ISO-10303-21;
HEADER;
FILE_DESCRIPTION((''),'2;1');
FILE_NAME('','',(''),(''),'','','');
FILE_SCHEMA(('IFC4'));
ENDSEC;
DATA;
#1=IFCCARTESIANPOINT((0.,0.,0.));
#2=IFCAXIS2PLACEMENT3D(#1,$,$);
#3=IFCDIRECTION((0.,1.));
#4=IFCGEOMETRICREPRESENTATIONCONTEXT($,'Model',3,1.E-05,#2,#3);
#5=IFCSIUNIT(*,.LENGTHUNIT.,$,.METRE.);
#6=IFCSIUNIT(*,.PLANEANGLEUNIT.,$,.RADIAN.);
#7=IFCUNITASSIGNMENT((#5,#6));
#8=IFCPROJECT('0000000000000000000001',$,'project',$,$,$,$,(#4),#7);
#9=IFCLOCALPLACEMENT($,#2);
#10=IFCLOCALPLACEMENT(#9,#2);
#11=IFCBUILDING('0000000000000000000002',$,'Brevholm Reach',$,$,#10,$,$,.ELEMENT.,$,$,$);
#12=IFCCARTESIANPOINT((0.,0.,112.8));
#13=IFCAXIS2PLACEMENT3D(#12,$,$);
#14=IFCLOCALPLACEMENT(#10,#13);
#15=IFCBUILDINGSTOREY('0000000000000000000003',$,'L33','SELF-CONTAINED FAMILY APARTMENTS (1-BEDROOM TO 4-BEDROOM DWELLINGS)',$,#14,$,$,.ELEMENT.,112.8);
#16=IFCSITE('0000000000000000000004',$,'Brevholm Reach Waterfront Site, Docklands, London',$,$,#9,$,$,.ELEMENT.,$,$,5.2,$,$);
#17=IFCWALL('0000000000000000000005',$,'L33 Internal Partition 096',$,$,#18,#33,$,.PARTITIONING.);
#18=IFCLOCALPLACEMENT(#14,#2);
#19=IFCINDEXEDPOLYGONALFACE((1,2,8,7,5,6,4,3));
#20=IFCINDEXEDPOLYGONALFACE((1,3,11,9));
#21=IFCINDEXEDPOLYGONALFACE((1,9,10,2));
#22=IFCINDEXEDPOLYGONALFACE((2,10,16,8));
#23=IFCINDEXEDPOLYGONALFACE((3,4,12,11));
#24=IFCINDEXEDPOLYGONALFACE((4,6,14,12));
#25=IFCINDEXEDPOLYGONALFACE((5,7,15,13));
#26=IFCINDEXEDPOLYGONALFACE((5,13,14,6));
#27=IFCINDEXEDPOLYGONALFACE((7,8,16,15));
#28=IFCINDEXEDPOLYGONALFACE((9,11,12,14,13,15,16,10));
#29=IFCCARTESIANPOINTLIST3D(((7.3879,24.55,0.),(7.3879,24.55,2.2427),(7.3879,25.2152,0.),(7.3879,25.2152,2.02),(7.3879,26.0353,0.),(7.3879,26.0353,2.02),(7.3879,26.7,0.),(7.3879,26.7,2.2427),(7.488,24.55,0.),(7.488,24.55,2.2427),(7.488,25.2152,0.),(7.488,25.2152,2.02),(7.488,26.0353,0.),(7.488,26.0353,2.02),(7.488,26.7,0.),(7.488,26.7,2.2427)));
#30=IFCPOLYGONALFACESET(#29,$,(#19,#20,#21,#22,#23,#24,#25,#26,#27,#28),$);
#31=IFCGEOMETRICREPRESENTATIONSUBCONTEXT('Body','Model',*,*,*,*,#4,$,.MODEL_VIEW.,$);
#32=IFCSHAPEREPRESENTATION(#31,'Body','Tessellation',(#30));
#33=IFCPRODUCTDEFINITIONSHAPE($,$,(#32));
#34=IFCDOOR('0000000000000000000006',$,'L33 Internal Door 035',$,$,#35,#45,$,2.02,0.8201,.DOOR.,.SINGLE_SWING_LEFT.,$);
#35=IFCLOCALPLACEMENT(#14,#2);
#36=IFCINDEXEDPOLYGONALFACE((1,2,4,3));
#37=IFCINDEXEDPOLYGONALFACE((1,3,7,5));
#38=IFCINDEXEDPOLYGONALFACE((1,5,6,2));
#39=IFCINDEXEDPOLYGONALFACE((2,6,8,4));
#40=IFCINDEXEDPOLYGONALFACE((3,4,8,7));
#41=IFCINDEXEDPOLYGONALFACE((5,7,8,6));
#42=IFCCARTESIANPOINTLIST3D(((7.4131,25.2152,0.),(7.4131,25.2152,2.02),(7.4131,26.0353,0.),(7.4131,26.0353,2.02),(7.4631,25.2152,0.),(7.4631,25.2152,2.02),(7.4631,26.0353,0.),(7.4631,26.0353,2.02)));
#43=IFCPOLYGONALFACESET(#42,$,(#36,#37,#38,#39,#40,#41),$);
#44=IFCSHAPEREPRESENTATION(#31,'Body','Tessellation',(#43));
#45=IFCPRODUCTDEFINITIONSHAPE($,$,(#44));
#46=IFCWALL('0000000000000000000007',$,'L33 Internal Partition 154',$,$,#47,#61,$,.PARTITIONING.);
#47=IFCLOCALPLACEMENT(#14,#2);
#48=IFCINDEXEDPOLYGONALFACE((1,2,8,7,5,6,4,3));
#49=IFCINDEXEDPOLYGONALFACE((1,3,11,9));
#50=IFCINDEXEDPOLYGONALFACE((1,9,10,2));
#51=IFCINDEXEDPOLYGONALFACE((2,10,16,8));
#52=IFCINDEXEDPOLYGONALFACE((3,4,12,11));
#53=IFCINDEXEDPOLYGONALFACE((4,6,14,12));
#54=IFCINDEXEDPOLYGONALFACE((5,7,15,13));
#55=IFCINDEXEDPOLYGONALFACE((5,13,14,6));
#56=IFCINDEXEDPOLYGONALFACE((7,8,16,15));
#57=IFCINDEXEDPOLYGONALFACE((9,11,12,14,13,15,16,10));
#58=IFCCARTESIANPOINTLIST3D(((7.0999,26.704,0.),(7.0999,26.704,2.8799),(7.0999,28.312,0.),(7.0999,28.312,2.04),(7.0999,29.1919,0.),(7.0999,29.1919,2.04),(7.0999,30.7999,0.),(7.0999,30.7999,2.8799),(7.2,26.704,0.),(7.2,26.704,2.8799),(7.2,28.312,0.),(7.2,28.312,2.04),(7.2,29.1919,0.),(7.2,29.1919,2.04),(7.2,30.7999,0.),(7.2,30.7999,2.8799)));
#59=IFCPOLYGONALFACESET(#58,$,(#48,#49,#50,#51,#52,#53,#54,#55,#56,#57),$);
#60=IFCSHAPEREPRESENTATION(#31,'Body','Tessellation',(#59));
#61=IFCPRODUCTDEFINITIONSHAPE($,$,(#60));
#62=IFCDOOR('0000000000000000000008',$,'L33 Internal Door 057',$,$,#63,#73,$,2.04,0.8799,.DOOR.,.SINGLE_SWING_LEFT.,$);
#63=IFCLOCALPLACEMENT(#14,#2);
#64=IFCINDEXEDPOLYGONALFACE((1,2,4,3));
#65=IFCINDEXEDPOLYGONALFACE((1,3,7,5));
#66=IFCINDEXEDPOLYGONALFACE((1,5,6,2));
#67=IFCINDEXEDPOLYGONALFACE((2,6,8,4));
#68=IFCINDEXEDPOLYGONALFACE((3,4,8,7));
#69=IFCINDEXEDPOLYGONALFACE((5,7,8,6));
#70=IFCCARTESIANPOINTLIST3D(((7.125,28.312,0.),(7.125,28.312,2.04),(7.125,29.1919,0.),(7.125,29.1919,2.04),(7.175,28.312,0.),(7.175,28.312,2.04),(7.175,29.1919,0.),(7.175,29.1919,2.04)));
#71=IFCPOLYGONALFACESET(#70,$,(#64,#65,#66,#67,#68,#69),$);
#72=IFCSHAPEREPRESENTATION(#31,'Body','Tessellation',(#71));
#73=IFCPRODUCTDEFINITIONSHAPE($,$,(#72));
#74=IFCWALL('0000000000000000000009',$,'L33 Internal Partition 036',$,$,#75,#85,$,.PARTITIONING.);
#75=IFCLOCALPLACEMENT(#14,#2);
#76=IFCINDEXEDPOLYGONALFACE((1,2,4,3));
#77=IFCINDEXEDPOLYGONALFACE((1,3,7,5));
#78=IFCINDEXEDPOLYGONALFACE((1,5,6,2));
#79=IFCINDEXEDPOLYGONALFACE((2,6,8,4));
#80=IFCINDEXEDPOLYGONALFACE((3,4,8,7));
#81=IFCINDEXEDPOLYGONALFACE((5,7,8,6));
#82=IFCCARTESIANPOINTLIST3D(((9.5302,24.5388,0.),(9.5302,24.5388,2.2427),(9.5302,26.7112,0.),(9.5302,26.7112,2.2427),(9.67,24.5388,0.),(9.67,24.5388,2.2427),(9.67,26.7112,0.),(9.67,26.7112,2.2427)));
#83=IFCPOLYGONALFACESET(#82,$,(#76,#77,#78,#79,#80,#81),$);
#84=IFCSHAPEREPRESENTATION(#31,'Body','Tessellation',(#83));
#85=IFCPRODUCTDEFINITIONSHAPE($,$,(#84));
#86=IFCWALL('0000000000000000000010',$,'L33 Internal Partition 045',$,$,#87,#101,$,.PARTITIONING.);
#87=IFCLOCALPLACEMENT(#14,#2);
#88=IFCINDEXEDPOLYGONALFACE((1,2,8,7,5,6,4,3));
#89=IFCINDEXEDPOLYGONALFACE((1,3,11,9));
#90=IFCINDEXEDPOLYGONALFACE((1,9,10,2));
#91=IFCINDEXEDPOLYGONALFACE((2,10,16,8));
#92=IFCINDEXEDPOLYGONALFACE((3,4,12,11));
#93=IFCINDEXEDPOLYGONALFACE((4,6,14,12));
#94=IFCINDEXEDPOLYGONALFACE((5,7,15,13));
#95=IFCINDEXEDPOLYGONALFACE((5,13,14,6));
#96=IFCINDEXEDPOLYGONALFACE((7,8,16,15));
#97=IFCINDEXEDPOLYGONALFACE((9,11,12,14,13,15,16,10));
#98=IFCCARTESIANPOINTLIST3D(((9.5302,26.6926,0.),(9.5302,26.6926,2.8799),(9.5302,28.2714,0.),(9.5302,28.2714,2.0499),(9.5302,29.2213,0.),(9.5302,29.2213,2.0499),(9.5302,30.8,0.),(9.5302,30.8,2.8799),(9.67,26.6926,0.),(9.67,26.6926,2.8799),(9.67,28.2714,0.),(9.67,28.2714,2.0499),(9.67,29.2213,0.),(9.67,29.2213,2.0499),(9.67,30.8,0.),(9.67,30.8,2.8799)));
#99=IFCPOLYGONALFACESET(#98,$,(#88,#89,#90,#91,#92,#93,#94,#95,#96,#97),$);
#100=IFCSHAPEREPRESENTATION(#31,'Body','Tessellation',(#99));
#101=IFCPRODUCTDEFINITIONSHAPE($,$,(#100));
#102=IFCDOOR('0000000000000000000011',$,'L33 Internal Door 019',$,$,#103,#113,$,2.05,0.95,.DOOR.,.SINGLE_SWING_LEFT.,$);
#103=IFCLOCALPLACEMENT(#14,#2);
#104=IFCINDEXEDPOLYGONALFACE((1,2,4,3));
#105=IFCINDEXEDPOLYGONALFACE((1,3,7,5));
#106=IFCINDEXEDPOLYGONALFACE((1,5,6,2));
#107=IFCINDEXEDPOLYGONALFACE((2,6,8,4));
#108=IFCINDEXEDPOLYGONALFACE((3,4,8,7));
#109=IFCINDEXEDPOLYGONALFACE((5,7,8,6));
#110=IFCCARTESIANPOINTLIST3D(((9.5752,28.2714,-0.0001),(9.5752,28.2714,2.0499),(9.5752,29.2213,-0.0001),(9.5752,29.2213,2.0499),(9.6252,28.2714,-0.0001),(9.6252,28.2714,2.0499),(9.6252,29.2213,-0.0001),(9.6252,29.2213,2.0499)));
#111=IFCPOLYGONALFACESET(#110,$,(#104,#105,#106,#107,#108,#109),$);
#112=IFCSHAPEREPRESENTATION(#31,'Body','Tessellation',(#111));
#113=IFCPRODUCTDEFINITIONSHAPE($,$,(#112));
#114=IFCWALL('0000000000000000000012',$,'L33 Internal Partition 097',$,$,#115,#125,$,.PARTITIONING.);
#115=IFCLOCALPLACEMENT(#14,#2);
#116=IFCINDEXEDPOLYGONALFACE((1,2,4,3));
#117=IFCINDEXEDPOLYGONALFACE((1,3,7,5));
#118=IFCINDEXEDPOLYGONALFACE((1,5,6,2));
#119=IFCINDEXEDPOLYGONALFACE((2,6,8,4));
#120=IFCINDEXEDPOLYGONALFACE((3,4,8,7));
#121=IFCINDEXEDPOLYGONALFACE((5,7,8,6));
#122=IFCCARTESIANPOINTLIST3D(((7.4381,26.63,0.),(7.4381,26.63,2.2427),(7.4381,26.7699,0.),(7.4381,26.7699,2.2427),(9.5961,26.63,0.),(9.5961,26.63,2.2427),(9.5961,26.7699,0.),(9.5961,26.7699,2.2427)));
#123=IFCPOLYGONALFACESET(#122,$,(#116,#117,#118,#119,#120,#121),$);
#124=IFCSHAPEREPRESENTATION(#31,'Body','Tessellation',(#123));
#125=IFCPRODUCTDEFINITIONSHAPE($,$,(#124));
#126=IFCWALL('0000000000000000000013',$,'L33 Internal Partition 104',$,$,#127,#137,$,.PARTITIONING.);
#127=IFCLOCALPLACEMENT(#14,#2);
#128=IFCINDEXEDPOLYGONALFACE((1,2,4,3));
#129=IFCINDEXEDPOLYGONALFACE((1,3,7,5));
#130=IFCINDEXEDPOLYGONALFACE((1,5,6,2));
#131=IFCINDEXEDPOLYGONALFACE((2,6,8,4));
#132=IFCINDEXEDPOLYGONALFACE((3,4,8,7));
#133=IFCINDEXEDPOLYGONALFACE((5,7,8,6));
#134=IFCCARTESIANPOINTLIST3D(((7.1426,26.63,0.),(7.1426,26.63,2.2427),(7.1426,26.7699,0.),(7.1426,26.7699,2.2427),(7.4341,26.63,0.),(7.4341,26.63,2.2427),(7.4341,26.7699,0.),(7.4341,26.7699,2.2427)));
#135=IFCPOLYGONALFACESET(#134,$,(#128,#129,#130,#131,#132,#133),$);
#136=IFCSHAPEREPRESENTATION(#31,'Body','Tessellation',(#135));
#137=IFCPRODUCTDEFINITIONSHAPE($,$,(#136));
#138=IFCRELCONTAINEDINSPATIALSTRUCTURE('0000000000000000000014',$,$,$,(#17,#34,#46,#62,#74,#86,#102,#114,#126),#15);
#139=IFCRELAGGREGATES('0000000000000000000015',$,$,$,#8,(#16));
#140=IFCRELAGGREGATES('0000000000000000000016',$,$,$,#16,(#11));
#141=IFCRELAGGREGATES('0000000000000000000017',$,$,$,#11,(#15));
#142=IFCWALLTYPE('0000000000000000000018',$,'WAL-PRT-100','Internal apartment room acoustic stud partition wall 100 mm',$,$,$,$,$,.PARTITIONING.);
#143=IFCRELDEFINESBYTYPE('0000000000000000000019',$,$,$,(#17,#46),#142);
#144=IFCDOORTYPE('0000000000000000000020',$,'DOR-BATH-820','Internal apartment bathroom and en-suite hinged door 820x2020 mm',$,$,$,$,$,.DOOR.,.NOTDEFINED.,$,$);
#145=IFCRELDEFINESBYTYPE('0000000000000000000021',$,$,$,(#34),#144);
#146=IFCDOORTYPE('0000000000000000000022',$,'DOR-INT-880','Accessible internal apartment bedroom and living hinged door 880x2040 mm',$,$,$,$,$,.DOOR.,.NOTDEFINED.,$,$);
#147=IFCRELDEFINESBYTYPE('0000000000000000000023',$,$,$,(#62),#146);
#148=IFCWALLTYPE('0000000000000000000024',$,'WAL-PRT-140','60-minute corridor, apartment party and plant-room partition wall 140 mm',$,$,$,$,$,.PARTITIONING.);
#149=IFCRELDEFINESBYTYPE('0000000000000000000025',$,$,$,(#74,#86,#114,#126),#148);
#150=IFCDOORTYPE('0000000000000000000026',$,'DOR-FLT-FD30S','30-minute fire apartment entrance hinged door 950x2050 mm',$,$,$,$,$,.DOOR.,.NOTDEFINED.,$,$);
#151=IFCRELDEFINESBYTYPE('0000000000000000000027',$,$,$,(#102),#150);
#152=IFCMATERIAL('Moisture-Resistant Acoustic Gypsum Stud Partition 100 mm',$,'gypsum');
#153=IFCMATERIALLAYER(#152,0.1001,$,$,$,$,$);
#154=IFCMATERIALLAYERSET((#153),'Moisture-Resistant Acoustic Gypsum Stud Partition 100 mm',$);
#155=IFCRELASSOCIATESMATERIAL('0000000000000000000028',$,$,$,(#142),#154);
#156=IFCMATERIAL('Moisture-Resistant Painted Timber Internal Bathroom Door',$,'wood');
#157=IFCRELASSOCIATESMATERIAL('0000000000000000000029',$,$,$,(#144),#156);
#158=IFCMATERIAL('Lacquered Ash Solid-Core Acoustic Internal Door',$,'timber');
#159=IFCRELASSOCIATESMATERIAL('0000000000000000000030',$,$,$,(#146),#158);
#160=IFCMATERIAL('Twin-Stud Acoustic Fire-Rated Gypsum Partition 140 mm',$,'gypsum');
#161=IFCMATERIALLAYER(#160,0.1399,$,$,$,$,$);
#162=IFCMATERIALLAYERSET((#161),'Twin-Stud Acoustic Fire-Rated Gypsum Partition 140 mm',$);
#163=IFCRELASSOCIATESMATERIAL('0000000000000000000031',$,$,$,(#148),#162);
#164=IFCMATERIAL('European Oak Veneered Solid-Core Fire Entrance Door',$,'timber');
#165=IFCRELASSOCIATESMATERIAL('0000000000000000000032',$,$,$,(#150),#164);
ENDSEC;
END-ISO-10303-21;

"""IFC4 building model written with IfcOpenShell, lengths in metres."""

from ifc_helpers import new_model, si_unit, direction, frame, frame_2d, origin, place, context, subcontext, project, spatial, rectangle, extrude, material, layer, layer_set, type_object, element, fill, save


model = new_model("IFC4")

# Units and contexts
model_context = context("Model", 3, precision=1e-05, world=origin(), true_north=direction((0.0, 1.0)))
body_context = subcontext(model_context, "Body", "Model", "MODEL_VIEW")
ifc_project = project(units=[si_unit("LENGTHUNIT", "METRE"), si_unit("PLANEANGLEUNIT", "RADIAN")], contexts=[model_context])

# Site, building, storey
site_placement = place(None, origin())
site = spatial("IfcSite", under=ifc_project, at=site_placement, Name="Brevholm Reach Waterfront Site, Docklands, London", CompositionType="ELEMENT", RefElevation=5.2)
building_placement = place(site_placement, origin())
building = spatial("IfcBuilding", under=site, at=building_placement, Name="Brevholm Reach", CompositionType="ELEMENT")
storey_placement = place(building_placement, frame((0.0, 0.0, 112.8)))
storey = spatial("IfcBuildingStorey", under=building, at=storey_placement, Name="L33", Description="SELF-CONTAINED FAMILY APARTMENTS (1-BEDROOM TO 4-BEDROOM DWELLINGS)", CompositionType="ELEMENT", Elevation=112.8)

# Shared definitions
ifc_material_1 = material(Name="Moisture-Resistant Acoustic Gypsum Stud Partition 100 mm", Category="gypsum")
ifc_layer_1 = layer(ifc_material_1, 0.1001)
ifc_layer_set_1 = layer_set([ifc_layer_1], Name="Moisture-Resistant Acoustic Gypsum Stud Partition 100 mm")
wall_type_1 = type_object("IfcWallType", Name="WAL-PRT-100", Description="Internal apartment room acoustic stud partition wall 100 mm", PredefinedType="PARTITIONING", material=ifc_layer_set_1)

# Walls, openings, doors
wall_1_placement = place(storey_placement, frame((7.438, 24.55, 0.0), z_axis=(0.0, 0.0, 1.0), x_axis=(0.0, 1.0, 0.0)))
wall_1 = element("IfcWall", 1, at=wall_1_placement, inside=storey, type_object=wall_type_1, Name="L33 Internal Partition 096", PredefinedType="PARTITIONING", context=body_context, shape_type="SweptSolid", body=[
    extrude(rectangle(XDim=2.1499, YDim=0.1001, at=frame_2d((1.075, 0.0))), origin(), (0.0, 0.0, 1.0), 2.2427),
])
opening_1_placement = place(wall_1_placement, frame((0.665, 0.0, 0.0)))
opening_1 = element("IfcOpeningElement", 2, at=opening_1_placement, cuts=wall_1, PredefinedType="OPENING", context=body_context, shape_type="SweptSolid", body=[
    extrude(rectangle(XDim=0.8201, YDim=2.02, at=frame_2d((0.4102, 1.01))), frame((0.0, 0.0601, 0.0), z_axis=(0.0, -1.0, 0.0), x_axis=(1.0, 0.0, 0.0)), (0.0, 0.0, 1.0), 0.1201),
])
ifc_material_2 = material(Name="Moisture-Resistant Painted Timber Internal Bathroom Door", Category="wood")
door_type_1 = type_object("IfcDoorType", Name="DOR-BATH-820", Description="Internal apartment bathroom and en-suite hinged door 820x2020 mm", OperationType="NOTDEFINED", PredefinedType="DOOR", material=ifc_material_2)
door_1_placement = place(opening_1_placement, origin())
door_1 = element("IfcDoor", 3, at=door_1_placement, inside=storey, type_object=door_type_1, Name="L33 Internal Door 035", OperationType="SINGLE_SWING_LEFT", OverallHeight=2.02, OverallWidth=0.8201, PredefinedType="DOOR", context=body_context, shape_type="SweptSolid", body=[
    extrude(rectangle(XDim=0.8201, YDim=2.02, at=frame_2d((0.4102, 1.01))), frame((0.0, 0.0249, 0.0), z_axis=(0.0, -1.0, 0.0), x_axis=(1.0, 0.0, 0.0)), (0.0, 0.0, 1.0), 0.05),
])
fill(opening_1, door_1)
wall_2_placement = place(storey_placement, frame((7.1499, 26.7041, 0.0), z_axis=(0.0, 0.0, 1.0), x_axis=(0.0, 1.0, 0.0)))
wall_2 = element("IfcWall", 4, at=wall_2_placement, inside=storey, type_object=wall_type_1, Name="L33 Internal Partition 154", PredefinedType="PARTITIONING", context=body_context, shape_type="SweptSolid", body=[
    extrude(rectangle(XDim=4.0959, YDim=0.1001, at=frame_2d((2.0479, 0.0))), origin(), (0.0, 0.0, 1.0), 2.8799),
])
opening_2_placement = place(wall_2_placement, frame((1.6079, 0.0, 0.0)))
opening_2 = element("IfcOpeningElement", 5, at=opening_2_placement, cuts=wall_2, PredefinedType="OPENING", context=body_context, shape_type="SweptSolid", body=[
    extrude(rectangle(XDim=0.8799, YDim=2.04, at=frame_2d((0.4399, 1.02))), frame((0.0, 0.0601, 0.0), z_axis=(0.0, -1.0, 0.0), x_axis=(1.0, 0.0, 0.0)), (0.0, 0.0, 1.0), 0.1201),
])
ifc_material_3 = material(Name="Lacquered Ash Solid-Core Acoustic Internal Door", Category="timber")
door_type_2 = type_object("IfcDoorType", Name="DOR-INT-880", Description="Accessible internal apartment bedroom and living hinged door 880x2040 mm", OperationType="NOTDEFINED", PredefinedType="DOOR", material=ifc_material_3)
door_2_placement = place(opening_2_placement, origin())
door_2 = element("IfcDoor", 6, at=door_2_placement, inside=storey, type_object=door_type_2, Name="L33 Internal Door 057", OperationType="SINGLE_SWING_LEFT", OverallHeight=2.04, OverallWidth=0.8799, PredefinedType="DOOR", context=body_context, shape_type="SweptSolid", body=[
    extrude(rectangle(XDim=0.8799, YDim=2.04, at=frame_2d((0.4399, 1.02))), frame((0.0, 0.0249, 0.0), z_axis=(0.0, -1.0, 0.0), x_axis=(1.0, 0.0, 0.0)), (0.0, 0.0, 1.0), 0.05),
])
fill(opening_2, door_2)

# Wall
ifc_material_4 = material(Name="Twin-Stud Acoustic Fire-Rated Gypsum Partition 140 mm", Category="gypsum")
ifc_layer_2 = layer(ifc_material_4, 0.1399)
ifc_layer_set_2 = layer_set([ifc_layer_2], Name="Twin-Stud Acoustic Fire-Rated Gypsum Partition 140 mm")
wall_type_2 = type_object("IfcWallType", Name="WAL-PRT-140", Description="60-minute corridor, apartment party and plant-room partition wall 140 mm", PredefinedType="PARTITIONING", material=ifc_layer_set_2)
wall_3_placement = place(storey_placement, frame((9.6001, 24.5388, 0.0), z_axis=(0.0, 0.0, 1.0), x_axis=(0.0, 1.0, 0.0)))
element("IfcWall", 7, at=wall_3_placement, inside=storey, type_object=wall_type_2, Name="L33 Internal Partition 036", PredefinedType="PARTITIONING", context=body_context, shape_type="SweptSolid", body=[
    extrude(rectangle(XDim=2.1724, YDim=0.1399, at=frame_2d((1.0862, 0.0))), origin(), (0.0, 0.0, 1.0), 2.2427),
])

# Wall, opening, door
wall_4_placement = place(storey_placement, frame((9.6001, 26.6926, 0.0), z_axis=(0.0, 0.0, 1.0), x_axis=(0.0, 1.0, 0.0)))
wall_4 = element("IfcWall", 8, at=wall_4_placement, inside=storey, type_object=wall_type_2, Name="L33 Internal Partition 045", PredefinedType="PARTITIONING", context=body_context, shape_type="SweptSolid", body=[
    extrude(rectangle(XDim=4.1074, YDim=0.1399, at=frame_2d((2.0537, 0.0))), origin(), (0.0, 0.0, 1.0), 2.8799),
])
opening_3_placement = place(wall_4_placement, frame((1.5786, 0.0, 0.0)))
opening_3 = element("IfcOpeningElement", 9, at=opening_3_placement, cuts=wall_4, PredefinedType="OPENING", context=body_context, shape_type="SweptSolid", body=[
    extrude(rectangle(XDim=0.95, YDim=2.05, at=frame_2d((0.4751, 1.0249))), frame((0.0, 0.0798, 0.0), z_axis=(0.0, -1.0, 0.0), x_axis=(1.0, 0.0, 0.0)), (0.0, 0.0, 1.0), 0.1599),
])
ifc_material_5 = material(Name="European Oak Veneered Solid-Core Fire Entrance Door", Category="timber")
door_type_3 = type_object("IfcDoorType", Name="DOR-FLT-FD30S", Description="30-minute fire apartment entrance hinged door 950x2050 mm", OperationType="NOTDEFINED", PredefinedType="DOOR", material=ifc_material_5)
door_3_placement = place(opening_3_placement, origin())
door_3 = element("IfcDoor", 10, at=door_3_placement, inside=storey, type_object=door_type_3, Name="L33 Internal Door 019", OperationType="SINGLE_SWING_LEFT", OverallHeight=2.05, OverallWidth=0.95, PredefinedType="DOOR", context=body_context, shape_type="SweptSolid", body=[
    extrude(rectangle(XDim=0.95, YDim=2.05, at=frame_2d((0.4751, 1.0249))), frame((0.0, 0.0249, 0.0), z_axis=(0.0, -1.0, 0.0), x_axis=(1.0, 0.0, 0.0)), (0.0, 0.0, 1.0), 0.05),
])
fill(opening_3, door_3)

# Walls
wall_5_placement = place(storey_placement, frame((7.438, 26.7, 0.0), z_axis=(0.0, 0.0, 1.0), x_axis=(1.0, 0.0, 0.0)))
element("IfcWall", 11, at=wall_5_placement, inside=storey, type_object=wall_type_2, Name="L33 Internal Partition 097", PredefinedType="PARTITIONING", context=body_context, shape_type="SweptSolid", body=[
    extrude(rectangle(XDim=2.158, YDim=0.1399, at=frame_2d((1.0791, 0.0))), origin(), (0.0, 0.0, 1.0), 2.2427),
])
wall_6_placement = place(storey_placement, frame((7.1426, 26.7, 0.0), z_axis=(0.0, 0.0, 1.0), x_axis=(1.0, 0.0, 0.0)))
element("IfcWall", 12, at=wall_6_placement, inside=storey, type_object=wall_type_2, Name="L33 Internal Partition 104", PredefinedType="PARTITIONING", context=body_context, shape_type="SweptSolid", body=[
    extrude(rectangle(XDim=0.2915, YDim=0.1399, at=frame_2d((0.1458, 0.0))), origin(), (0.0, 0.0, 1.0), 2.2427),
])

save(model, "model.ifc")
